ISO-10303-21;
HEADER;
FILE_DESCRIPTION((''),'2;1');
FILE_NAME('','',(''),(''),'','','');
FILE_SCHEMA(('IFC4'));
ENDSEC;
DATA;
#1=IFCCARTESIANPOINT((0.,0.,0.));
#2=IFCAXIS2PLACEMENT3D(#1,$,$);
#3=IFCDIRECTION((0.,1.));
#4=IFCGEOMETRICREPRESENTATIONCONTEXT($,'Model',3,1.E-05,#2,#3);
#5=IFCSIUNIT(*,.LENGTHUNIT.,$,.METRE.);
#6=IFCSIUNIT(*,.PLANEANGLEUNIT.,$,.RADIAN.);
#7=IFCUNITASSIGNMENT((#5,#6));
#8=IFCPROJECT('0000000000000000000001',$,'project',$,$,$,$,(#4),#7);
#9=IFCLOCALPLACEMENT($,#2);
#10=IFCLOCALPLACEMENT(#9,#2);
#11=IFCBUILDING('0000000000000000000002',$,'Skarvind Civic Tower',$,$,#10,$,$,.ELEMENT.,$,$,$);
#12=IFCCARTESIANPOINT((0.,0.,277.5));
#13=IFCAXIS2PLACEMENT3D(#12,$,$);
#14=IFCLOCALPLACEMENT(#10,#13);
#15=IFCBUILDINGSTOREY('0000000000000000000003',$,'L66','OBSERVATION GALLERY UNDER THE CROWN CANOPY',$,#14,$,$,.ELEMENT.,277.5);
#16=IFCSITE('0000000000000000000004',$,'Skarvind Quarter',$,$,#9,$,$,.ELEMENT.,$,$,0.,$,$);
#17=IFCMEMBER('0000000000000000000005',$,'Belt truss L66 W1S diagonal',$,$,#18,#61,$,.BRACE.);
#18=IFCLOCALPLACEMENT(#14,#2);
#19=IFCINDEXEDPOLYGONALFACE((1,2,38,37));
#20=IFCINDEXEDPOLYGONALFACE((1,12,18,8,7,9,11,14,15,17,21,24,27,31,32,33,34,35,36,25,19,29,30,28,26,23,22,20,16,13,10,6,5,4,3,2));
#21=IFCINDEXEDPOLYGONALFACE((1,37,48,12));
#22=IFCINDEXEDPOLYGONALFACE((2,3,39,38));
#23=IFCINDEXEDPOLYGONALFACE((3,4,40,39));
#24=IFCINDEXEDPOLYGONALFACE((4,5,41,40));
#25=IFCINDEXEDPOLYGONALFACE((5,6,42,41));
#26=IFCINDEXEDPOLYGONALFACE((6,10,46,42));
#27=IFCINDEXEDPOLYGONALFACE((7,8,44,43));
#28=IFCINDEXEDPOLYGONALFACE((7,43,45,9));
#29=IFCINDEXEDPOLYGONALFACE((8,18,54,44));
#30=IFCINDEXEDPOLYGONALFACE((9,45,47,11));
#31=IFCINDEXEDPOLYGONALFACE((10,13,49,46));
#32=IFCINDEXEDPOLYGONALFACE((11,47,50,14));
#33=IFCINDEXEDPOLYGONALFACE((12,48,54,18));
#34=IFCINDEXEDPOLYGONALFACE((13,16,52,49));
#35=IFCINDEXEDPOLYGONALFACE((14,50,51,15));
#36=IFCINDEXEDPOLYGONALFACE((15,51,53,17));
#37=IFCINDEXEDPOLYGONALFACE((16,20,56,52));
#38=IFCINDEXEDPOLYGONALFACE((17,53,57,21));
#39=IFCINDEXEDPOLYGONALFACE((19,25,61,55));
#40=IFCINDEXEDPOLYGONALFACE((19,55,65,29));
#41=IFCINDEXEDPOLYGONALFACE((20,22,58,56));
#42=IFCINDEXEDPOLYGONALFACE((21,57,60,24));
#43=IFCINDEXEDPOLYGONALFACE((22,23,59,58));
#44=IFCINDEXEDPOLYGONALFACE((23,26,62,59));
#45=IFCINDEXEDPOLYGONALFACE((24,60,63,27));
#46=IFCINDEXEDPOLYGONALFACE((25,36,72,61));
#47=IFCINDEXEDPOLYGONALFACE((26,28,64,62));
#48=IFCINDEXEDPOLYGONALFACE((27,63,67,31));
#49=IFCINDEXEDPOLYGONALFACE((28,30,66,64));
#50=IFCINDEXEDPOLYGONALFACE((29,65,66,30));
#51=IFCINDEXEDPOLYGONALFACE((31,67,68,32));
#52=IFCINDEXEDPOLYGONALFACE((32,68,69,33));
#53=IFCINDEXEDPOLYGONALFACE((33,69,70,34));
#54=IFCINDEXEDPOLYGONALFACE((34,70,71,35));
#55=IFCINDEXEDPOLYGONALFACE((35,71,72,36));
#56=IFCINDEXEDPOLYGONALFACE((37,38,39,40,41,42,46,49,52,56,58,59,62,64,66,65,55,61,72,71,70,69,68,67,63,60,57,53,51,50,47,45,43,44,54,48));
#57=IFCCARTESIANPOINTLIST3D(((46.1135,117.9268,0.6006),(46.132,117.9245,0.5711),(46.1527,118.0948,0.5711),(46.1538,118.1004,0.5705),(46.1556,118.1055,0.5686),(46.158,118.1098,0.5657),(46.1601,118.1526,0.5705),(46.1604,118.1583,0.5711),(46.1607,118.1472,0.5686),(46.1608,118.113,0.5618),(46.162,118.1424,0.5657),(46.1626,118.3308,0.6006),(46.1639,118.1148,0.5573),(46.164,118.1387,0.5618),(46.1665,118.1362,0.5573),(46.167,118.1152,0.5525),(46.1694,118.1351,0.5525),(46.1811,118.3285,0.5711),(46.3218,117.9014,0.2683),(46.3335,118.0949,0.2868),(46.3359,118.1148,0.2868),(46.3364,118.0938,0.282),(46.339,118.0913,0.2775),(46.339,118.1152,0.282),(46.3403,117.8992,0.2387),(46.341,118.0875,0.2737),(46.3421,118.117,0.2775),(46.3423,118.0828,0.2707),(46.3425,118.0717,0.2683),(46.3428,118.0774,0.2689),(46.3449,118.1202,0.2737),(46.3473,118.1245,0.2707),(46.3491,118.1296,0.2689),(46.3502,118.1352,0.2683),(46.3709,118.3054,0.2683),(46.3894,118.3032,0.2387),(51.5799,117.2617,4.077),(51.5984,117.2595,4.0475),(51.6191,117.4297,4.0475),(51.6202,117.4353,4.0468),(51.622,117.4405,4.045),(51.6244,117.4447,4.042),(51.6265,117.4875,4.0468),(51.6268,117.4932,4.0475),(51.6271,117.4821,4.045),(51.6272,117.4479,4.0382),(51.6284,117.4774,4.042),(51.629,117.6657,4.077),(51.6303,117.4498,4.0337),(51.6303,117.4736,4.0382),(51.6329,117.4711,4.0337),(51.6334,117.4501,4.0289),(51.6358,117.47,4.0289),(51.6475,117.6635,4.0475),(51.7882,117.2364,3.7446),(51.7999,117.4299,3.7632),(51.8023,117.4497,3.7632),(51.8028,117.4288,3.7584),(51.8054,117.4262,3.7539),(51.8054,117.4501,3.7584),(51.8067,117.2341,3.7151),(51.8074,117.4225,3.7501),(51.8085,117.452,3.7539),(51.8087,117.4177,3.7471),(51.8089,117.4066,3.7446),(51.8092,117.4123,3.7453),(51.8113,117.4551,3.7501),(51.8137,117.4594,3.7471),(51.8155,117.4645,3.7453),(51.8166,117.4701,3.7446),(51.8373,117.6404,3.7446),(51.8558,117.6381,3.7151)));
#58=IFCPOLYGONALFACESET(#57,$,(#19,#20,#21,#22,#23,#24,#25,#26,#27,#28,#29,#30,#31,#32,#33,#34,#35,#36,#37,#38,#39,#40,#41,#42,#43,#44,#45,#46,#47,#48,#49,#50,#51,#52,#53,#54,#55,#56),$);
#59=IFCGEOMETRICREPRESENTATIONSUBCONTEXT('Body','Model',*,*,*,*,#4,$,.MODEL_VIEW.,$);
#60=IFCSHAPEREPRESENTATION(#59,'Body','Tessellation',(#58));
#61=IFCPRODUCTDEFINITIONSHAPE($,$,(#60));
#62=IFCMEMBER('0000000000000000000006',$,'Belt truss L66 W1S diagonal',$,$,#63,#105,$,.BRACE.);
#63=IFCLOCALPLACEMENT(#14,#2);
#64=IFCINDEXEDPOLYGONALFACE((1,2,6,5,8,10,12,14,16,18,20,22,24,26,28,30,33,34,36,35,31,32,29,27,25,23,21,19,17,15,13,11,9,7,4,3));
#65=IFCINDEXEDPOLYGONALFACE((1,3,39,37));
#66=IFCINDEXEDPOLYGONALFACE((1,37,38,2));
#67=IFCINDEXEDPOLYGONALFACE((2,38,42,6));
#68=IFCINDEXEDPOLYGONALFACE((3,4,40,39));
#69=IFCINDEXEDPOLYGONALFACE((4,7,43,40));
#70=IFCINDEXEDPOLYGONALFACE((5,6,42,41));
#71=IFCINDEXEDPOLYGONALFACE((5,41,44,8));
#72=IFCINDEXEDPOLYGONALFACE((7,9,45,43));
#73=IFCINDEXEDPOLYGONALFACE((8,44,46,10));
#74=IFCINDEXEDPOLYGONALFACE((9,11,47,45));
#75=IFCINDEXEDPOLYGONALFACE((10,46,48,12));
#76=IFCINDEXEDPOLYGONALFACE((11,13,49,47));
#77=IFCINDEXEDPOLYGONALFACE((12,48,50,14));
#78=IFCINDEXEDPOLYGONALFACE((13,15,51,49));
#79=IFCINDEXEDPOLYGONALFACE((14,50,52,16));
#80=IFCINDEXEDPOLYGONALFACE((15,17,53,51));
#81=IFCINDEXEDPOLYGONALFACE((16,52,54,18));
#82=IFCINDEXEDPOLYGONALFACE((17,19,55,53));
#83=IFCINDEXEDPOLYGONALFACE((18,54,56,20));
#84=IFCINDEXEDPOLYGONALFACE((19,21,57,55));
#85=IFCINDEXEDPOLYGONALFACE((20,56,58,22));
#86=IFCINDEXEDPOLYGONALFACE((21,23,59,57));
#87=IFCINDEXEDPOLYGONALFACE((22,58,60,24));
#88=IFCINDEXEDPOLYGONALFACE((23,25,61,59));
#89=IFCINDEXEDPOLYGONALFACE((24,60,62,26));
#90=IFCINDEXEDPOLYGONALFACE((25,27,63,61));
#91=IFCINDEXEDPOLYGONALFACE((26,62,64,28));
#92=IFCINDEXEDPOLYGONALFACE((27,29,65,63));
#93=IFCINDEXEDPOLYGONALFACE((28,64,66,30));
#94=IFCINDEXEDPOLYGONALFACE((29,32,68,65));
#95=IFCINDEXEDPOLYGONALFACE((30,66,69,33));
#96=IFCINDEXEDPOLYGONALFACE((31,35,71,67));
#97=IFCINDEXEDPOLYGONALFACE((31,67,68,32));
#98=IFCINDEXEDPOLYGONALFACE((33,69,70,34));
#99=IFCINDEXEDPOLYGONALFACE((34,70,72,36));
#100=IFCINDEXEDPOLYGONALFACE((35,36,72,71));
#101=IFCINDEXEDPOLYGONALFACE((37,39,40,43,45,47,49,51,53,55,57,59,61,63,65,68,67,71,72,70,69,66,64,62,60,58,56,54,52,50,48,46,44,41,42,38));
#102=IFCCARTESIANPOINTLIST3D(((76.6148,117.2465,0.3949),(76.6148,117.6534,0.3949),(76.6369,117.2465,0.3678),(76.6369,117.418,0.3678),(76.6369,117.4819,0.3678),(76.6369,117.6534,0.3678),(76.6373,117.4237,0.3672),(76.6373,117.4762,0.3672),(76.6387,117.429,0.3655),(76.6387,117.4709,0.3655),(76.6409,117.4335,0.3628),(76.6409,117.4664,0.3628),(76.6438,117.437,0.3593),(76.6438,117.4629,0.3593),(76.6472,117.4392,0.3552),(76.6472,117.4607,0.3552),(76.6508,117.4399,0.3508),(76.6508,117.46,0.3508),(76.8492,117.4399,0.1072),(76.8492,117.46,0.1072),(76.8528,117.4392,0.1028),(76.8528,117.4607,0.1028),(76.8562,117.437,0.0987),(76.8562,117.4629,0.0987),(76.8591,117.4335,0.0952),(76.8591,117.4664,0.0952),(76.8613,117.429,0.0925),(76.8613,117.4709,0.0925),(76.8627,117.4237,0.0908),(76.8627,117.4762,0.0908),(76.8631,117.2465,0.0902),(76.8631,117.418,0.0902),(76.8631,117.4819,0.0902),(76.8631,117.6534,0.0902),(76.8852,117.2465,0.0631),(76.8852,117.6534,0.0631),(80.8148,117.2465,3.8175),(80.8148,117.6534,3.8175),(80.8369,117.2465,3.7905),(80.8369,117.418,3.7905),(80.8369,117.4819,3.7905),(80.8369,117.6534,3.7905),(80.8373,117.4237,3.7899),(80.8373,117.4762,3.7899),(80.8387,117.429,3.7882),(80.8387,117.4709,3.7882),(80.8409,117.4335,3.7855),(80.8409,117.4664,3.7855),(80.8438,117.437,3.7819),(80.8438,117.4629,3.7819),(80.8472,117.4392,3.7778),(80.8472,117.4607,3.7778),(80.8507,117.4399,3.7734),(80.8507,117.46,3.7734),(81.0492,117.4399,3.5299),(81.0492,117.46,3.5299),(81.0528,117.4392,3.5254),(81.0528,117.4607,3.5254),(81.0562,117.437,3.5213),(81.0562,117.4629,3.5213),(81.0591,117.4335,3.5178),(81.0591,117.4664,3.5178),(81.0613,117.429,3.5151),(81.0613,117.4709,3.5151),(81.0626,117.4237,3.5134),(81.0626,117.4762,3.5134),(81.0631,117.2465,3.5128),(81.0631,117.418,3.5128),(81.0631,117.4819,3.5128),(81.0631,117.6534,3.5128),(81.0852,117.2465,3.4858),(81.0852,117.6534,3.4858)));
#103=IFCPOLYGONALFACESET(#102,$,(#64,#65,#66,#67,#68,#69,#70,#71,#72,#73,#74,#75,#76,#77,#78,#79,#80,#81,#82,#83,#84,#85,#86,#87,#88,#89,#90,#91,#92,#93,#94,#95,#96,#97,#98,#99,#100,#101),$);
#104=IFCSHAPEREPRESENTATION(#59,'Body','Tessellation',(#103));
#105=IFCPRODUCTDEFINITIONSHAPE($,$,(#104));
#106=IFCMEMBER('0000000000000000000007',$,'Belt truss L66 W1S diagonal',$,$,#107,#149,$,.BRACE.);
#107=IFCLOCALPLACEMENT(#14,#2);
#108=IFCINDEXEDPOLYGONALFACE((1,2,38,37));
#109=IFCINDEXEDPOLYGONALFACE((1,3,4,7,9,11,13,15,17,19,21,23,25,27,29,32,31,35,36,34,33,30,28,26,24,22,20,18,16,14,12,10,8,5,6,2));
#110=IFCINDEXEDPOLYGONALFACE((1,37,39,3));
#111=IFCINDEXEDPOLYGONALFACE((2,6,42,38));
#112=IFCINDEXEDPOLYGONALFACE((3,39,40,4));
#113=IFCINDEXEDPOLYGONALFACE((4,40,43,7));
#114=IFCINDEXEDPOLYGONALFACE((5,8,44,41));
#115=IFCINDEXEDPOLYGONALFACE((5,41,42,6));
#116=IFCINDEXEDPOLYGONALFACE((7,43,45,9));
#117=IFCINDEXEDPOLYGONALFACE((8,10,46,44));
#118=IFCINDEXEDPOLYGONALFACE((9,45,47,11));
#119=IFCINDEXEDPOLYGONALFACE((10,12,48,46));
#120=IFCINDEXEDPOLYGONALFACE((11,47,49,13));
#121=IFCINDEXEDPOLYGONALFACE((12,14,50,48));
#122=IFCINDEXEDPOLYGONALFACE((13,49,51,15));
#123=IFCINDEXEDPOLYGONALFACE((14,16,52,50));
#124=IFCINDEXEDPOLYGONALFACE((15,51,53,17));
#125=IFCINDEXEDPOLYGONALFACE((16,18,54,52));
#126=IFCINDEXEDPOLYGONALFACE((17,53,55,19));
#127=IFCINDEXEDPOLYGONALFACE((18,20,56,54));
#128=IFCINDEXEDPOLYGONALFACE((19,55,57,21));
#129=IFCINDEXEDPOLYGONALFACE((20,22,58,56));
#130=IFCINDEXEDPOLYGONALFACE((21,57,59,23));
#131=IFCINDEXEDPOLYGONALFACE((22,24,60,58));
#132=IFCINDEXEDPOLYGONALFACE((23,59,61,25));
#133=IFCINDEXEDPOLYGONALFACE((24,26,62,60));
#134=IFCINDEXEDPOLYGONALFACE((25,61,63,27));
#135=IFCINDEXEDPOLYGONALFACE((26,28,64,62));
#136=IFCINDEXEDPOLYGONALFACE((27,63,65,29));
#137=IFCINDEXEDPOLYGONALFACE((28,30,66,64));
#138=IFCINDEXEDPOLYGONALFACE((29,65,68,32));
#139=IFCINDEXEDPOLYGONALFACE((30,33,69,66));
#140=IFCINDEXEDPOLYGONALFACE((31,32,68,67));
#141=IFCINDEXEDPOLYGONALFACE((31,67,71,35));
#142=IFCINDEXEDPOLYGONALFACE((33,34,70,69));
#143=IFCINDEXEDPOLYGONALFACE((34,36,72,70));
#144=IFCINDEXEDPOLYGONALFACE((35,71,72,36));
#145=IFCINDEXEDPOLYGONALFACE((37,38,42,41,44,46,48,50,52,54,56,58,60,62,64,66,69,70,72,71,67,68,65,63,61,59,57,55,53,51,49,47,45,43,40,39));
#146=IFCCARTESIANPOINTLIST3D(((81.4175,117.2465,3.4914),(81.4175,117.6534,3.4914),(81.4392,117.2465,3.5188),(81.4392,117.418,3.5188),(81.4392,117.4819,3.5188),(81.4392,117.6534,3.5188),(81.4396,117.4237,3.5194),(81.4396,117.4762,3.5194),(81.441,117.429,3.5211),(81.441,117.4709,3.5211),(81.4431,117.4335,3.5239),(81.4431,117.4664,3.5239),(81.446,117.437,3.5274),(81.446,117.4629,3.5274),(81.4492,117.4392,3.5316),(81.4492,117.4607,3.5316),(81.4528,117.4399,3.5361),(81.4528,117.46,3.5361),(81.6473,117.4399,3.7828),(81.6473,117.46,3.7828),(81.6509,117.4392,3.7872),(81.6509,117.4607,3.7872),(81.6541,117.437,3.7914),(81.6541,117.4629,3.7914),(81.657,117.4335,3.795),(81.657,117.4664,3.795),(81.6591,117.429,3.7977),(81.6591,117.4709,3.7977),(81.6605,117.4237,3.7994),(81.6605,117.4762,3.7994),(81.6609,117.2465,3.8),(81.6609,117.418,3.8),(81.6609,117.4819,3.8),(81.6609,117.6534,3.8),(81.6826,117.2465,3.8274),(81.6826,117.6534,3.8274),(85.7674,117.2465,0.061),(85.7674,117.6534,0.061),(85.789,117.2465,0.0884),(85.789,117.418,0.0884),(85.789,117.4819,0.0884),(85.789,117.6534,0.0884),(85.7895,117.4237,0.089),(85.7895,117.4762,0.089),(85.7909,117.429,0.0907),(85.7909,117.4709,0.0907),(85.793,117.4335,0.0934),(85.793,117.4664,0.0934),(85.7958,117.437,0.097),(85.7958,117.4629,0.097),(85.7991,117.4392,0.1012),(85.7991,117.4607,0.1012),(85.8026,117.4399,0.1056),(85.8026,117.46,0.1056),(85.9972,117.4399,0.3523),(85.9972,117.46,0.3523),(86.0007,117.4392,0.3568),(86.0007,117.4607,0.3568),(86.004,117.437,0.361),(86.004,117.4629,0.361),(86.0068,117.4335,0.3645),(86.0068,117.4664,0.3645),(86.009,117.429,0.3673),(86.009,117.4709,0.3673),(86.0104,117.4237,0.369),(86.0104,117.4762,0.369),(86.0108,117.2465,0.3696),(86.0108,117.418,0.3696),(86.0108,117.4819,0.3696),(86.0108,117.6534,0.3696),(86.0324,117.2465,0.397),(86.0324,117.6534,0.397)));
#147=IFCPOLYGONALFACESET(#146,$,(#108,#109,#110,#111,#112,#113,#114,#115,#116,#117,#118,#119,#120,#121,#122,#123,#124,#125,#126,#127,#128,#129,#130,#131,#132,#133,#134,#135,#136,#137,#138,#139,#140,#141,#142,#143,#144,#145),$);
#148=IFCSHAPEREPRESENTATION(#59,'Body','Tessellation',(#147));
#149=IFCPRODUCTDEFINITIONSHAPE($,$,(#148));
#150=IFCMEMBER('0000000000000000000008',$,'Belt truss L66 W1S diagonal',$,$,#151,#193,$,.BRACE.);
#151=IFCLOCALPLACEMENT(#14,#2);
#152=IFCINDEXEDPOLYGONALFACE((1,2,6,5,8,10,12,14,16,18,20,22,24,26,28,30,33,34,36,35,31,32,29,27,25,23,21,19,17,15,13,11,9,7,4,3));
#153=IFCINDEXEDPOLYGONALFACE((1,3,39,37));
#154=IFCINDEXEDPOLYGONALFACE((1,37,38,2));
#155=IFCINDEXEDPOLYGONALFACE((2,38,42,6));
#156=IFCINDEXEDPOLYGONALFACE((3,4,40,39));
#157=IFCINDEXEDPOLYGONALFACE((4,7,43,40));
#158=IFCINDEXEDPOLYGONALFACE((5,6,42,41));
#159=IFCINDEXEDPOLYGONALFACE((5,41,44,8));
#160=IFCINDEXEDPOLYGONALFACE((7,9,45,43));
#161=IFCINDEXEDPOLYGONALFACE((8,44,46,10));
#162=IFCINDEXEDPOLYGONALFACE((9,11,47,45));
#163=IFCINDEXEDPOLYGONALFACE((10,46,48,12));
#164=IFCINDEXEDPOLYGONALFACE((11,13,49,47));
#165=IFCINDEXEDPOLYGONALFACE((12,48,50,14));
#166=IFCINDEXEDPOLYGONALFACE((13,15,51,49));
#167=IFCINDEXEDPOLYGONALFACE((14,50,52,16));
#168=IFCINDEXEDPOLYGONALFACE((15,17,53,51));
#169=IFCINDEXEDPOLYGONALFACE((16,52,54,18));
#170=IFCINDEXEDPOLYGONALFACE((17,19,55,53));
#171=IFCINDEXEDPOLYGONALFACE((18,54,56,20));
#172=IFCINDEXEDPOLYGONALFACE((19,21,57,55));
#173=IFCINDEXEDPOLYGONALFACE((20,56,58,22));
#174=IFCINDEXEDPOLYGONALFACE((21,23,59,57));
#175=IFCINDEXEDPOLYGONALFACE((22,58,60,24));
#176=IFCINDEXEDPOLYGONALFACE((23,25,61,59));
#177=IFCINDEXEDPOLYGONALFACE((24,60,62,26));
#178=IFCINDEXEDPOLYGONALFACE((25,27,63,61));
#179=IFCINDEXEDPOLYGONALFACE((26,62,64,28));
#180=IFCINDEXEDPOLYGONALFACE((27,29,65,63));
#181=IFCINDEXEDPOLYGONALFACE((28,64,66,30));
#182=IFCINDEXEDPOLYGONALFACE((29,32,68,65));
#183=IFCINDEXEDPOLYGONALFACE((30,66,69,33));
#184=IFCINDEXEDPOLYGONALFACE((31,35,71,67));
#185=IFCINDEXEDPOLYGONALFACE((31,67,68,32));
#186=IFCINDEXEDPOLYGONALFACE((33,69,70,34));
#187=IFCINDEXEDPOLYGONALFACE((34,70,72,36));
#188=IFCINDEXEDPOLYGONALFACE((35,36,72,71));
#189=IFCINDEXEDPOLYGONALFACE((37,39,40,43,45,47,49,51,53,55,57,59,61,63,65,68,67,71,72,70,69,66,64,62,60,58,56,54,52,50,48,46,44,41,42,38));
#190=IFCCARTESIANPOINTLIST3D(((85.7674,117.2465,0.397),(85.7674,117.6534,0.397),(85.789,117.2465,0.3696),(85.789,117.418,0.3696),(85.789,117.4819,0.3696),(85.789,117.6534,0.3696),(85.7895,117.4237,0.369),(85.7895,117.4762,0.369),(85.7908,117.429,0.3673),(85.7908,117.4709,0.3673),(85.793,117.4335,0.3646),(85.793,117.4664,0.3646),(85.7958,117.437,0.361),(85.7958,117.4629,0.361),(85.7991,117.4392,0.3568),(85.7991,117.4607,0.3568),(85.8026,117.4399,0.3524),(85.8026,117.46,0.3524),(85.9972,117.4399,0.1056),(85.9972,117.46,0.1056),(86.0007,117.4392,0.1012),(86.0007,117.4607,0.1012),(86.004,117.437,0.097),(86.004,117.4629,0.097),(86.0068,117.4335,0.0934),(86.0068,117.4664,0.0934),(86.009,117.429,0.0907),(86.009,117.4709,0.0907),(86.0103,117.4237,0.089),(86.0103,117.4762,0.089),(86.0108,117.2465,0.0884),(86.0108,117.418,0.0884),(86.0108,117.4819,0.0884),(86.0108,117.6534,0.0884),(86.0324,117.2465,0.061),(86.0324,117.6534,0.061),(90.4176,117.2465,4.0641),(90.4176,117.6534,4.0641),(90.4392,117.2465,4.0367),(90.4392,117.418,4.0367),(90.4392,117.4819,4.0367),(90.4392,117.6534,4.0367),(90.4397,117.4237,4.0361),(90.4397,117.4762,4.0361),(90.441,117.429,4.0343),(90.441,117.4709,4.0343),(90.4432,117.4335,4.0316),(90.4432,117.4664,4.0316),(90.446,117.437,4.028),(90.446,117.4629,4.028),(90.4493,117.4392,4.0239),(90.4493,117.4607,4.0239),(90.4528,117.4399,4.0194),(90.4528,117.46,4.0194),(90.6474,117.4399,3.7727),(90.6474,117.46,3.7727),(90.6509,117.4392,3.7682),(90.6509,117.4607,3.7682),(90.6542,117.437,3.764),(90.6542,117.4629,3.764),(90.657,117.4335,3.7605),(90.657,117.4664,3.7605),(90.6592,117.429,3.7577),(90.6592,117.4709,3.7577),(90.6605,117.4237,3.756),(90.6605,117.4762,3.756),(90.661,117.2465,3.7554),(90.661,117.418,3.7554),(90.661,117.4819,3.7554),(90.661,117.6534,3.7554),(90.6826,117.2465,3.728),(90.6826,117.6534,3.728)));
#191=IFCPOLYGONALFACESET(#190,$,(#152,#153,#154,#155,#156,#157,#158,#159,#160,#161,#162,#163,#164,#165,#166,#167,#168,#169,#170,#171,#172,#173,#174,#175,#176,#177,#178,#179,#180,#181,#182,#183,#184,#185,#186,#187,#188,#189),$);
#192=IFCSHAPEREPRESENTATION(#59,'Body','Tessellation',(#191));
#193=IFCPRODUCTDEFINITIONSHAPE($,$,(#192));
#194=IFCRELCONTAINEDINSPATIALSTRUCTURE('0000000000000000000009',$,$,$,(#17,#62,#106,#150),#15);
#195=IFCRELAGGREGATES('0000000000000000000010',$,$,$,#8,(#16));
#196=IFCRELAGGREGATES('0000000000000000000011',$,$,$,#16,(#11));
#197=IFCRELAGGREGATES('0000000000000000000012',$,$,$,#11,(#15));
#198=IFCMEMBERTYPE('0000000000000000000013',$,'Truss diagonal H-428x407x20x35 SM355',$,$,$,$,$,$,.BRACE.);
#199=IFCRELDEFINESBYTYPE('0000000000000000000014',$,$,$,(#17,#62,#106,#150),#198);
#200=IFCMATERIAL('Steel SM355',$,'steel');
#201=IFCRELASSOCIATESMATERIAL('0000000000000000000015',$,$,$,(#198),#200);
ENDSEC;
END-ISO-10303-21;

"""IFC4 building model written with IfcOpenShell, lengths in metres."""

from ifc_helpers import new_model, si_unit, direction, frame, origin, origin_2d, place, context, subcontext, project, spatial, i_section, extrude, material, material_profile, profile_set, type_object, element, save


model = new_model("IFC4")

# Units and contexts
model_context = context("Model", 3, precision=1e-05, world=origin(), true_north=direction((0.0, 1.0)))
body_context = subcontext(model_context, "Body", "Model", "MODEL_VIEW")
ifc_project = project(units=[si_unit("LENGTHUNIT", "METRE"), si_unit("PLANEANGLEUNIT", "RADIAN")], contexts=[model_context])

# Site, building, storey
site_placement = place(None, origin())
site = spatial("IfcSite", under=ifc_project, at=site_placement, Name="Skarvind Quarter", CompositionType="ELEMENT", RefElevation=0.0)
building_placement = place(site_placement, origin())
building = spatial("IfcBuilding", under=site, at=building_placement, Name="Skarvind Civic Tower", CompositionType="ELEMENT")
storey_placement = place(building_placement, frame((0.0, 0.0, 277.5)))
storey = spatial("IfcBuildingStorey", under=building, at=storey_placement, Name="L66", Description="OBSERVATION GALLERY UNDER THE CROWN CANOPY", CompositionType="ELEMENT", Elevation=277.5)

# Members
ifc_material_1 = material(Name="Steel SM355", Category="steel")
ifc_material_profile_1 = material_profile(ifc_material_1, i_section(OverallWidth=0.407, OverallDepth=0.428, WebThickness=0.02, FlangeThickness=0.0349, FilletRadius=0.022, at=origin_2d()), Name="H-428x407x20x35")
ifc_profile_set_1 = profile_set([ifc_material_profile_1], Name="Steel SM355")
member_type_1 = type_object("IfcMemberType", Name="Truss diagonal H-428x407x20x35 SM355", PredefinedType="BRACE", material=ifc_profile_set_1)
member_1_placement = place(storey_placement, frame((46.2515, 118.115, 0.4197), z_axis=(0.839406, -0.102123, 0.533824), x_axis=(0.120771, 0.99268, 0.0)))
element("IfcMember", 1, at=member_1_placement, inside=storey, type_object=member_type_1, Name="Belt truss L66 W1S diagonal", PredefinedType="BRACE", context=body_context, shape_type="SweptSolid", body=[
    extrude(i_section(OverallWidth=0.407, OverallDepth=0.428, WebThickness=0.02, FlangeThickness=0.0349, FilletRadius=0.022, at=origin_2d()), origin(), (0.0, 0.0, 1.0), 6.5122),
])
member_2_placement = place(storey_placement, frame((76.75, 117.45, 0.229), z_axis=(0.775197, 0.0, 0.63172), x_axis=(0.0, 1.0, 0.0)))
element("IfcMember", 2, at=member_2_placement, inside=storey, type_object=member_type_1, Name="Belt truss L66 W1S diagonal", PredefinedType="BRACE", context=body_context, shape_type="SweptSolid", body=[
    extrude(i_section(OverallWidth=0.407, OverallDepth=0.428, WebThickness=0.02, FlangeThickness=0.0349, FilletRadius=0.022, at=origin_2d()), origin(), (0.0, 0.0, 1.0), 5.418),
])
member_3_placement = place(storey_placement, frame((81.55, 117.45, 3.6594), z_axis=(0.785205, 0.0, -0.619236), x_axis=(0.0, 1.0, 0.0)))
element("IfcMember", 3, at=member_3_placement, inside=storey, type_object=member_type_1, Name="Belt truss L66 W1S diagonal", PredefinedType="BRACE", context=body_context, shape_type="SweptSolid", body=[
    extrude(i_section(OverallWidth=0.407, OverallDepth=0.428, WebThickness=0.02, FlangeThickness=0.0349, FilletRadius=0.022, at=origin_2d()), origin(), (0.0, 0.0, 1.0), 5.5398),
])
member_4_placement = place(storey_placement, frame((85.8999, 117.45, 0.229), z_axis=(0.785226, 0.0, 0.61921), x_axis=(0.0, 1.0, 0.0)))
element("IfcMember", 4, at=member_4_placement, inside=storey, type_object=member_type_1, Name="Belt truss L66 W1S diagonal", PredefinedType="BRACE", context=body_context, shape_type="SweptSolid", body=[
    extrude(i_section(OverallWidth=0.407, OverallDepth=0.428, WebThickness=0.02, FlangeThickness=0.0349, FilletRadius=0.022, at=origin_2d()), origin(), (0.0, 0.0, 1.0), 5.9221),
])

save(model, "model.ifc")
